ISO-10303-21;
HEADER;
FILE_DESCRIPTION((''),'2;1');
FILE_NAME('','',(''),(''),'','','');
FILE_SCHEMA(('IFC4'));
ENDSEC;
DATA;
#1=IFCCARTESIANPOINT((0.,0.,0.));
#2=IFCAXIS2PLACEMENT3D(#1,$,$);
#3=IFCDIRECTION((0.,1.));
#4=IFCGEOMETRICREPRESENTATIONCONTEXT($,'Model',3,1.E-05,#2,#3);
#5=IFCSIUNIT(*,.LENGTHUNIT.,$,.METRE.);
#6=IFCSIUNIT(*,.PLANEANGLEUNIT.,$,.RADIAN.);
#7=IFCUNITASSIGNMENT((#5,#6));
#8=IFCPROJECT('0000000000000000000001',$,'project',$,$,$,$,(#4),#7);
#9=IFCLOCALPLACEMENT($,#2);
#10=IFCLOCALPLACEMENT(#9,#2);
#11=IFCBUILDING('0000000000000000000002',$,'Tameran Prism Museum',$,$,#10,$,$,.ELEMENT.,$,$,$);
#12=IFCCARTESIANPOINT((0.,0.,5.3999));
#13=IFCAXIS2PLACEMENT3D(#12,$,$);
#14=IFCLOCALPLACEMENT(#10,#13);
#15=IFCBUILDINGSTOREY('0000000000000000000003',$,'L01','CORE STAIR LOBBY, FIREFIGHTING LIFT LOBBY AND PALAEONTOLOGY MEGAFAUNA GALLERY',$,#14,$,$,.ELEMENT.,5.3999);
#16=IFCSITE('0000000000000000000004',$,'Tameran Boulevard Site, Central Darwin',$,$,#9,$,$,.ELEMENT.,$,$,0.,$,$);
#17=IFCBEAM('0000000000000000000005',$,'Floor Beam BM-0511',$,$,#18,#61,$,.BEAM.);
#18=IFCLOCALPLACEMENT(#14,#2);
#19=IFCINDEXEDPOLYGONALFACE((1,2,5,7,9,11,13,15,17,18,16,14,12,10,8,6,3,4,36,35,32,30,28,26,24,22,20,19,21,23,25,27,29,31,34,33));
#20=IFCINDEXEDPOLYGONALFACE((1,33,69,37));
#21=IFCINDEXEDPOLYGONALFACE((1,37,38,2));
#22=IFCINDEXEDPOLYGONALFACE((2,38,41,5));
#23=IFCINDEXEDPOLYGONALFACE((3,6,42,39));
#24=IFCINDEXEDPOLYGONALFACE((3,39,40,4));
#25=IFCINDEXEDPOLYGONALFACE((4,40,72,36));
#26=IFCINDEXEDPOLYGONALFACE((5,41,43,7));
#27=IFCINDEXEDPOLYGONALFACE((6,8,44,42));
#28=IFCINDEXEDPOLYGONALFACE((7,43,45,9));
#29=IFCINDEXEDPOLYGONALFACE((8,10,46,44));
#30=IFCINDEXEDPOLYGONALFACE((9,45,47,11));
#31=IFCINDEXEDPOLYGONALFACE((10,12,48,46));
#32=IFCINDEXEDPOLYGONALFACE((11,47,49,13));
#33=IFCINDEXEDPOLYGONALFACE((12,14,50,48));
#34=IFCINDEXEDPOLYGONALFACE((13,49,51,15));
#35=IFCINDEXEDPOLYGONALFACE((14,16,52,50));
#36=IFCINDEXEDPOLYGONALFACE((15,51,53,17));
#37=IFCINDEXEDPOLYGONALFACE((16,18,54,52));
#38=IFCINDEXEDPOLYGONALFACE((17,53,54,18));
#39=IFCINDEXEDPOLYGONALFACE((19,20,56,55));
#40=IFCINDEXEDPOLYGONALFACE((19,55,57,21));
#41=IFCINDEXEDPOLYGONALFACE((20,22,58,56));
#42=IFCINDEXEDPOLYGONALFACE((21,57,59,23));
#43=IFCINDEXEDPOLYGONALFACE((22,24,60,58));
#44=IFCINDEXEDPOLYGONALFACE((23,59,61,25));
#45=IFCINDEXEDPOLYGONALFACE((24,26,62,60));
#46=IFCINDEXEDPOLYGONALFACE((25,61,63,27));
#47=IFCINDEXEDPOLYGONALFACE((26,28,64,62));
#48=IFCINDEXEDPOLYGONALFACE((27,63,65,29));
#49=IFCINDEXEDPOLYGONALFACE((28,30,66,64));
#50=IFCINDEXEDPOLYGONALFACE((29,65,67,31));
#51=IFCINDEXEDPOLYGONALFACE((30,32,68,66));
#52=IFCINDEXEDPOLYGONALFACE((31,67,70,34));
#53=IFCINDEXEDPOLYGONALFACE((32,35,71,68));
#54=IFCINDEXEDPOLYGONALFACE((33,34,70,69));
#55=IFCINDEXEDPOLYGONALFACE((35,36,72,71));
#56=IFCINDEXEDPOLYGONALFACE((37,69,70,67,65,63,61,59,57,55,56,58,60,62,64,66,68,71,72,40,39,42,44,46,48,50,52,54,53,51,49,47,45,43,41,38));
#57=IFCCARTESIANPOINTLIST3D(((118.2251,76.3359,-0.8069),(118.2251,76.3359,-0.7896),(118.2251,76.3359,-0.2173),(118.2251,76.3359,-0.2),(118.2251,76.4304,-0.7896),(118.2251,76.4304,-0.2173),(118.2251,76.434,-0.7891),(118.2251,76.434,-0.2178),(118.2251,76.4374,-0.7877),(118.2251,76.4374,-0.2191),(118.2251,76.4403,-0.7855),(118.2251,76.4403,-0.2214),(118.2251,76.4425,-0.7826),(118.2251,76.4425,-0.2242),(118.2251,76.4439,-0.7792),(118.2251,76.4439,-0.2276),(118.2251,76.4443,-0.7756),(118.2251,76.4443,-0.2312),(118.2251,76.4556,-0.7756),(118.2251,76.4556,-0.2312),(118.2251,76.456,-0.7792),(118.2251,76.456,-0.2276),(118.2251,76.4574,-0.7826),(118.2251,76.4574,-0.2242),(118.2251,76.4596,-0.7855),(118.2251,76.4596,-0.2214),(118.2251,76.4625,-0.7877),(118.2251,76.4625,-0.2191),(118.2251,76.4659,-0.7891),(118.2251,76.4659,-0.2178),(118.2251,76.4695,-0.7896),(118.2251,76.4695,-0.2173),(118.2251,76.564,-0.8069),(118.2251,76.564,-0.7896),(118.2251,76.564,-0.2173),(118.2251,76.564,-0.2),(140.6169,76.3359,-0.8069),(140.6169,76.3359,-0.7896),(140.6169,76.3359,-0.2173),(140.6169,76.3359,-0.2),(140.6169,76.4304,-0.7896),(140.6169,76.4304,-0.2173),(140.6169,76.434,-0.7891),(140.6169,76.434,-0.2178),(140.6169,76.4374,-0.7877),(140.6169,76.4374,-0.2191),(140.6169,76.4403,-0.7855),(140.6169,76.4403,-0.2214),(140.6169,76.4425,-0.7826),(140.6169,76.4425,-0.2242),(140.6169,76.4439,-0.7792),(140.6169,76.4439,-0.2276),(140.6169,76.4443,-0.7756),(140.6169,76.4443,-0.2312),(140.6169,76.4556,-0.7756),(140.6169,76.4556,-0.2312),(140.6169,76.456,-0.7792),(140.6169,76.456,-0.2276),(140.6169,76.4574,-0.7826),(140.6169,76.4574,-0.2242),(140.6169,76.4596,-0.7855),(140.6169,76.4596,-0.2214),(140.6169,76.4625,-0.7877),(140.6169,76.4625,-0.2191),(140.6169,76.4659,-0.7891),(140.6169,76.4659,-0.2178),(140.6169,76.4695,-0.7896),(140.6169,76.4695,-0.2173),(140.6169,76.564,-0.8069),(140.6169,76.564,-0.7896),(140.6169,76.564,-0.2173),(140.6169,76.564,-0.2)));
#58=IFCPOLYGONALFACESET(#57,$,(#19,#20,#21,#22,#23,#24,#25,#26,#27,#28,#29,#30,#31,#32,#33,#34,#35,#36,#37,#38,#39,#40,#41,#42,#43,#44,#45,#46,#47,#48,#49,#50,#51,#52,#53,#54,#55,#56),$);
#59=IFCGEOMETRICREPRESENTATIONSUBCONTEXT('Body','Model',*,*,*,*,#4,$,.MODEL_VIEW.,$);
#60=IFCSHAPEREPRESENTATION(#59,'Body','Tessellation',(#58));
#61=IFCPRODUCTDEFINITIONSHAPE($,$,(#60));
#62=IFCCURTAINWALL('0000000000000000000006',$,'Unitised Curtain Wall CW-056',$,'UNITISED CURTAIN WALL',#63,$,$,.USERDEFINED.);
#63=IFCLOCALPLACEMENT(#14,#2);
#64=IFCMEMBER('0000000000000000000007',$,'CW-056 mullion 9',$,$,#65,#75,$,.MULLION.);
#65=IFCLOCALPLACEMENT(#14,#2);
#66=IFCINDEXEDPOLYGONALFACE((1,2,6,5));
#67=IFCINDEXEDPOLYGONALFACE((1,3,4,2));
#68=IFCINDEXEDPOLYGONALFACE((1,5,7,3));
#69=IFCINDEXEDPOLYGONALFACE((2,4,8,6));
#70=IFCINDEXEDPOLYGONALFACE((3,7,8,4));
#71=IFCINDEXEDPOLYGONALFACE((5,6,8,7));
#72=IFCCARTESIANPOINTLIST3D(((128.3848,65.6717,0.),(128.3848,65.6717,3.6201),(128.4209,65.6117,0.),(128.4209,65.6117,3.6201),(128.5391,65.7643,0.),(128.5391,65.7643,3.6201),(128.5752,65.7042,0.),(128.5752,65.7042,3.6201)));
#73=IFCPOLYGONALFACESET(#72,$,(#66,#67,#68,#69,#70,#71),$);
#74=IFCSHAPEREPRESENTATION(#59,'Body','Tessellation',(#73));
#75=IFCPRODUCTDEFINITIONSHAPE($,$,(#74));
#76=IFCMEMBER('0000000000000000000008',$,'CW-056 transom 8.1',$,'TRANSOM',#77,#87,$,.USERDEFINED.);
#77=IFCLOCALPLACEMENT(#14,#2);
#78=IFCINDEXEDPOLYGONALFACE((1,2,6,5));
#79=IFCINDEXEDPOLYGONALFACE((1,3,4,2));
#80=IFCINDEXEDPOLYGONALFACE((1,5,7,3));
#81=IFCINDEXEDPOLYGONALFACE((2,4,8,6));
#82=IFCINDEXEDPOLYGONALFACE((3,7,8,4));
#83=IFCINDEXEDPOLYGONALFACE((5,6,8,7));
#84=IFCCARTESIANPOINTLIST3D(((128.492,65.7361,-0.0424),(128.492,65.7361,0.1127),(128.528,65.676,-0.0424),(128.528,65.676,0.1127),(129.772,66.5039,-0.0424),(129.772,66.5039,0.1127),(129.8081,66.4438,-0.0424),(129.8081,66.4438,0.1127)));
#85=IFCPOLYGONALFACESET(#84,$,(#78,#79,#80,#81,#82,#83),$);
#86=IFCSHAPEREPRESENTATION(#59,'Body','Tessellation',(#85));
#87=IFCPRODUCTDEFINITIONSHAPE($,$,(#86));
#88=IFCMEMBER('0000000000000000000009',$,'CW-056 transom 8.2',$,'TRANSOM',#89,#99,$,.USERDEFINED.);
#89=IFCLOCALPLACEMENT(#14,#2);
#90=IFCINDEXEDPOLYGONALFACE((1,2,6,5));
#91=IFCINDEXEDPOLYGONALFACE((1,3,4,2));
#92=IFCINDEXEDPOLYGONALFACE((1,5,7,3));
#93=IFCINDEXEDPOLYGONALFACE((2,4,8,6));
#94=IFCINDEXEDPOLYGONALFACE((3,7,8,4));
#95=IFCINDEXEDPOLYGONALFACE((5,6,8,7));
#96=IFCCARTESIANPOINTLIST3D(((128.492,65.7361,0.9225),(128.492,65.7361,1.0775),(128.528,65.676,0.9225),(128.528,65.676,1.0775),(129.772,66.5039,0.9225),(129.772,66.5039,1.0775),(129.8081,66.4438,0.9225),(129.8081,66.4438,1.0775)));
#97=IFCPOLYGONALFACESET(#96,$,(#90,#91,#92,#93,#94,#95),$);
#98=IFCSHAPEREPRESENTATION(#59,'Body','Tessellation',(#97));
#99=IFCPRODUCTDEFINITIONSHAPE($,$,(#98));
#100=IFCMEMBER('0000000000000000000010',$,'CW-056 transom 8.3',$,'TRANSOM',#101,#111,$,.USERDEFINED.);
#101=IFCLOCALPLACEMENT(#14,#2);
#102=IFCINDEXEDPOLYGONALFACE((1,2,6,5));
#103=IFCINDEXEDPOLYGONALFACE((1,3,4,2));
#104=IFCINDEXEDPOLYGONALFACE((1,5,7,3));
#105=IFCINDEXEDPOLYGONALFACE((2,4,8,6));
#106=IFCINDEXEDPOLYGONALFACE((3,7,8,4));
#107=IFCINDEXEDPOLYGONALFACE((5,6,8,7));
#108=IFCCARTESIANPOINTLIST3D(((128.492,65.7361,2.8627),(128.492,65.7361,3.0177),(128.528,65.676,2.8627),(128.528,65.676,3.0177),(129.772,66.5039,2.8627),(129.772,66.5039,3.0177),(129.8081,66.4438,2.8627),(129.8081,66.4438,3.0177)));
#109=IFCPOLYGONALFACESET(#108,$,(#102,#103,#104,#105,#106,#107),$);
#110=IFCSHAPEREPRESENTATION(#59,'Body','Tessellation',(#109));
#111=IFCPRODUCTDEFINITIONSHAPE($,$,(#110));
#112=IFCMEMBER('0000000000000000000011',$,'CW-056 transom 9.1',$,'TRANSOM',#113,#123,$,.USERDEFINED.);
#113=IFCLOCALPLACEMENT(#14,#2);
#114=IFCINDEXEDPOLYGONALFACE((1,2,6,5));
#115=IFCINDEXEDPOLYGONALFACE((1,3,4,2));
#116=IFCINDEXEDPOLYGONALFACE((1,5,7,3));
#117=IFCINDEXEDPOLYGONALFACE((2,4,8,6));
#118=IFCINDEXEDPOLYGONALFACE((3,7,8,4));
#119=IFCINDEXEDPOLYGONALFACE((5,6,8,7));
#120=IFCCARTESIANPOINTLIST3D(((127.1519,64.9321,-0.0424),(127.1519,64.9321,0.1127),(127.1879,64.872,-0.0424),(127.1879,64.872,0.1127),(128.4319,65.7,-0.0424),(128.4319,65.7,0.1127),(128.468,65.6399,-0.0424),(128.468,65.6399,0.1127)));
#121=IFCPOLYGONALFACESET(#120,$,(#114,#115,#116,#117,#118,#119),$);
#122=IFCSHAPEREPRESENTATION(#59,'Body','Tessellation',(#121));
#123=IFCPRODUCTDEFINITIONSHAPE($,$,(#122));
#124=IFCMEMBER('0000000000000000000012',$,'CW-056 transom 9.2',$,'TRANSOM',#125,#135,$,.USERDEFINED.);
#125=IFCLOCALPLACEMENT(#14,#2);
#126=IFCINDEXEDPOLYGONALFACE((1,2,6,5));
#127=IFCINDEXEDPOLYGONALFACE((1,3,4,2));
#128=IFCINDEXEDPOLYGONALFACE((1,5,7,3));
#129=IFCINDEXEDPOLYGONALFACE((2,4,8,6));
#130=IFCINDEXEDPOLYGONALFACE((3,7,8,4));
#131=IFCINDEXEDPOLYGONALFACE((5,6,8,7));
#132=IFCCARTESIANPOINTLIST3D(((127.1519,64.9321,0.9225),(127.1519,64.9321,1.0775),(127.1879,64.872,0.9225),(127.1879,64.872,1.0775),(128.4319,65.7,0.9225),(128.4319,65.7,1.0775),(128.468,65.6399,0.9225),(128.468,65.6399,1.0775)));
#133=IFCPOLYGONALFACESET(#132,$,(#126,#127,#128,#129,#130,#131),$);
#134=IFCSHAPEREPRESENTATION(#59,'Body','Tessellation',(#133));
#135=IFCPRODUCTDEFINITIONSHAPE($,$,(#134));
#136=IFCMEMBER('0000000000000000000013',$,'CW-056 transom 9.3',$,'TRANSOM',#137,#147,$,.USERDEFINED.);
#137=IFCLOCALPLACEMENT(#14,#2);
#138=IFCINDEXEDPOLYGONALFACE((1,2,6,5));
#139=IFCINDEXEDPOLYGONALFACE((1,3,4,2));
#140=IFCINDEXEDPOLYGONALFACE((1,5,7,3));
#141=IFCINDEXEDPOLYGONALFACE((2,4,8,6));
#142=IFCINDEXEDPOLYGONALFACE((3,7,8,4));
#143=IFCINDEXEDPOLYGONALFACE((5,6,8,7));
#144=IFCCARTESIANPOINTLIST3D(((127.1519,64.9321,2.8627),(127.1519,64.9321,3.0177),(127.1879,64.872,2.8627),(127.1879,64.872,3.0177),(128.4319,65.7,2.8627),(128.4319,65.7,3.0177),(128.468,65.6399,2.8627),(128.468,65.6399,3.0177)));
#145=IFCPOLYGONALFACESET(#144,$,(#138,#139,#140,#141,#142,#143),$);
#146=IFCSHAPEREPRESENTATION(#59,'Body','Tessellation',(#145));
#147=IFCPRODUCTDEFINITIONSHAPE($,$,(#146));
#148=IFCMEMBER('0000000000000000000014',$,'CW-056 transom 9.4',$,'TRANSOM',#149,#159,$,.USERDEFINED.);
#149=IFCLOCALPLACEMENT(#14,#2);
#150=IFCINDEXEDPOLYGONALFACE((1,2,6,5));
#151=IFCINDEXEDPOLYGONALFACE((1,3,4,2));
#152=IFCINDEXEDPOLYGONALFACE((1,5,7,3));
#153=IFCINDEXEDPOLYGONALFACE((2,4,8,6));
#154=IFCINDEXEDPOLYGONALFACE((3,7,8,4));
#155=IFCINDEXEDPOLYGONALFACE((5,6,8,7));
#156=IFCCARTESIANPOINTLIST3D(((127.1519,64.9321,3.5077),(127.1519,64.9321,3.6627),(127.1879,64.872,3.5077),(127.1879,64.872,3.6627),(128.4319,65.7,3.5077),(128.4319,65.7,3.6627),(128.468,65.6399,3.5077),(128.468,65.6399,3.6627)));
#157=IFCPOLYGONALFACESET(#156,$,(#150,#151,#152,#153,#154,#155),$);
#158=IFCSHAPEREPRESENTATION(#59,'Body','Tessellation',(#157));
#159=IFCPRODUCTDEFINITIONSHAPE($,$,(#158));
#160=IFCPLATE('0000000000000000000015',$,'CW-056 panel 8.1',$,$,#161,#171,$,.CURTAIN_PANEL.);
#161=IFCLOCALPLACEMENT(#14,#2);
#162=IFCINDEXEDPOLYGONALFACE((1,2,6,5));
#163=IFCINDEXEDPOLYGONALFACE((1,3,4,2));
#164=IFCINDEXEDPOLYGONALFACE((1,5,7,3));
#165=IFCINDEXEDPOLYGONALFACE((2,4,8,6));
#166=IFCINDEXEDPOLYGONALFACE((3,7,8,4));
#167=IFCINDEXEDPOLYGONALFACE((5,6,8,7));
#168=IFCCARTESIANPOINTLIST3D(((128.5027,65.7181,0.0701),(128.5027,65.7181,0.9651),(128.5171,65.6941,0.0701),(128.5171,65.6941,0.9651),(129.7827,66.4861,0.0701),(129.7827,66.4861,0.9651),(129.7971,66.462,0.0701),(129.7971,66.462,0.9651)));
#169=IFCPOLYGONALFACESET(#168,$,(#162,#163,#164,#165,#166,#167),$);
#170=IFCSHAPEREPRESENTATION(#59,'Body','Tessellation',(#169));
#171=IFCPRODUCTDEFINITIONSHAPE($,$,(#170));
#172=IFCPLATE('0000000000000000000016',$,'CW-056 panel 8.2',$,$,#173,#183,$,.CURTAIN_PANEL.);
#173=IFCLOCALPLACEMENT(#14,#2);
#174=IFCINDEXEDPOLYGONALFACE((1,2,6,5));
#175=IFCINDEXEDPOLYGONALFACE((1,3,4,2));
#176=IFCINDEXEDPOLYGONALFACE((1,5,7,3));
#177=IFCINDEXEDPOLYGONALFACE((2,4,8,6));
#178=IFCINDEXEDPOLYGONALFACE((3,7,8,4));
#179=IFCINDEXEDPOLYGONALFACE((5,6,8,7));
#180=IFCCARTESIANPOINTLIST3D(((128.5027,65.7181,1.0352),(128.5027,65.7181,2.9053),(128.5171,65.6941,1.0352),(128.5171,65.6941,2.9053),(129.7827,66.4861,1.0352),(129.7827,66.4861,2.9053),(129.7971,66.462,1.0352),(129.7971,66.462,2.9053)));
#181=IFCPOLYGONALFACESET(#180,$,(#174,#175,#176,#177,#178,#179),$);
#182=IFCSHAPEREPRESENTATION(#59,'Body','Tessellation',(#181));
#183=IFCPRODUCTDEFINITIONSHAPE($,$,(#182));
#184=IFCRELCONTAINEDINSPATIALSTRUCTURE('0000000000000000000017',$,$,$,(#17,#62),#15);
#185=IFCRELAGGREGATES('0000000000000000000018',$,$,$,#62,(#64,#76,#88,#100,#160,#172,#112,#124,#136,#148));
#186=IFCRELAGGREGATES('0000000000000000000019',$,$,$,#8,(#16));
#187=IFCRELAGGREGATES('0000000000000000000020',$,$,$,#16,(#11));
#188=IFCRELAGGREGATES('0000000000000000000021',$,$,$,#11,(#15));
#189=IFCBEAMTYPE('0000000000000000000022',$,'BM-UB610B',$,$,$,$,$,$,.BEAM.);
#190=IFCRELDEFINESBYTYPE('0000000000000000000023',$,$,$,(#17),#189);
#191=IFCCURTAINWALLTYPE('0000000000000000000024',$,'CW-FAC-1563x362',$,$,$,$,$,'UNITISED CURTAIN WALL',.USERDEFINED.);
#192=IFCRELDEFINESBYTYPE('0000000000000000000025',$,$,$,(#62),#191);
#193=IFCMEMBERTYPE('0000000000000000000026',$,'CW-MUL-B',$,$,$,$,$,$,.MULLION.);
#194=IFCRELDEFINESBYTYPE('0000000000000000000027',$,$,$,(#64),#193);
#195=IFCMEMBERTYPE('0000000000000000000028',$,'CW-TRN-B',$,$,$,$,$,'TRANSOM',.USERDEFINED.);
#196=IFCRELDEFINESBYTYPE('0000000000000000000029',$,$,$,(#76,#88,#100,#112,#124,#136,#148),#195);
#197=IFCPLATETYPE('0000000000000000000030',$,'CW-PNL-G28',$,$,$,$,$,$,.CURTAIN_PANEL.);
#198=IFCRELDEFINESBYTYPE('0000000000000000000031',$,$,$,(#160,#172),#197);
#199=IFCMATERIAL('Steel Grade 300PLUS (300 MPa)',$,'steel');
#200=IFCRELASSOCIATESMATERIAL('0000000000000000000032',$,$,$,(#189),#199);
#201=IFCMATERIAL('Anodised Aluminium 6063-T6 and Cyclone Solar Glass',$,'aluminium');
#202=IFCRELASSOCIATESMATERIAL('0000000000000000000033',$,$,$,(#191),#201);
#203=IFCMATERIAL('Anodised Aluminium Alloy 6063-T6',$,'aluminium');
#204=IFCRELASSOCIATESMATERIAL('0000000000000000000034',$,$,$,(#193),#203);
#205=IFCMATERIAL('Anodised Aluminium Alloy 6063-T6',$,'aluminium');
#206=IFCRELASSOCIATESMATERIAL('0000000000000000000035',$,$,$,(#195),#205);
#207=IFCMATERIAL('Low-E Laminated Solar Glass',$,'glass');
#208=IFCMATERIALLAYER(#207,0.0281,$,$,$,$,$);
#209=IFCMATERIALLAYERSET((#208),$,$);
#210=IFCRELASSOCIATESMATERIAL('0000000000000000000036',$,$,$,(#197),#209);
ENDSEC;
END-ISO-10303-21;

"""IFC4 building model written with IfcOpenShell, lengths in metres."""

from ifc_helpers import new_model, si_unit, direction, frame, origin, origin_2d, place, context, subcontext, project, spatial, rectangle, i_section, extrude, material, layer, layer_set, material_profile, profile_set, type_object, element, aggregate, save


model = new_model("IFC4")

# Units and contexts
model_context = context("Model", 3, precision=1e-05, world=origin(), true_north=direction((0.0, 1.0)))
body_context = subcontext(model_context, "Body", "Model", "MODEL_VIEW")
ifc_project = project(units=[si_unit("LENGTHUNIT", "METRE"), si_unit("PLANEANGLEUNIT", "RADIAN")], contexts=[model_context])

# Site, building, storey
site_placement = place(None, origin())
site = spatial("IfcSite", under=ifc_project, at=site_placement, Name="Tameran Boulevard Site, Central Darwin", CompositionType="ELEMENT", RefElevation=0.0)
building_placement = place(site_placement, origin())
building = spatial("IfcBuilding", under=site, at=building_placement, Name="Tameran Prism Museum", CompositionType="ELEMENT")
storey_placement = place(building_placement, frame((0.0, 0.0, 5.3999)))
storey = spatial("IfcBuildingStorey", under=building, at=storey_placement, Name="L01", Description="CORE STAIR LOBBY, FIREFIGHTING LIFT LOBBY AND PALAEONTOLOGY MEGAFAUNA GALLERY", CompositionType="ELEMENT", Elevation=5.3999)

# Beam
ifc_material_1 = material(Name="Steel Grade 300PLUS (300 MPa)", Category="steel")
ifc_material_profile_1 = material_profile(ifc_material_1, i_section(OverallWidth=0.228, OverallDepth=0.6069, WebThickness=0.0112, FlangeThickness=0.0173, FilletRadius=0.0139, at=origin_2d()))
ifc_profile_set_1 = profile_set([ifc_material_profile_1])
beam_type_1 = type_object("IfcBeamType", Name="BM-UB610B", PredefinedType="BEAM", material=ifc_profile_set_1)
beam_1_placement = place(storey_placement, frame((118.2251, 76.45, -0.5034), z_axis=(1.0, 0.0, 0.0), x_axis=(0.0, 1.0, 0.0)))
element("IfcBeam", 1, at=beam_1_placement, inside=storey, type_object=beam_type_1, Name="Floor Beam BM-0511", PredefinedType="BEAM", context=body_context, shape_type="SweptSolid", body=[
    extrude(i_section(OverallWidth=0.228, OverallDepth=0.6069, WebThickness=0.0112, FlangeThickness=0.0173, FilletRadius=0.0139, at=origin_2d()), origin(), (0.0, 0.0, 1.0), 22.3918),
])

# Curtain wall, members, plates
ifc_material_2 = material(Name="Anodised Aluminium 6063-T6 and Cyclone Solar Glass", Category="aluminium")
curtain_wall_type = type_object("IfcCurtainWallType", Name="CW-FAC-1563x362", ElementType="UNITISED CURTAIN WALL", PredefinedType="USERDEFINED", material=ifc_material_2)
curtain_wall_placement = place(storey_placement, origin())
curtain_wall = element("IfcCurtainWall", 2, at=curtain_wall_placement, inside=storey, type_object=curtain_wall_type, Name="Unitised Curtain Wall CW-056", ObjectType="UNITISED CURTAIN WALL", PredefinedType="USERDEFINED")
ifc_material_3 = material(Name="Anodised Aluminium Alloy 6063-T6", Category="aluminium")
ifc_material_profile_2 = material_profile(ifc_material_3, rectangle(XDim=0.0701, YDim=0.1799, at=origin_2d()))
ifc_profile_set_2 = profile_set([ifc_material_profile_2])
member_type_1 = type_object("IfcMemberType", Name="CW-MUL-B", PredefinedType="MULLION", material=ifc_profile_set_2)
member_1_placement = place(storey_placement, frame((128.48, 65.688, 0.0), z_axis=(0.0, 0.0, 1.0), x_axis=(0.514496, -0.857493, 0.0)))
member_1 = element("IfcMember", 3, at=member_1_placement, type_object=member_type_1, Name="CW-056 mullion 9", PredefinedType="MULLION", context=body_context, shape_type="SweptSolid", body=[
    extrude(rectangle(XDim=0.0701, YDim=0.1799, at=origin_2d()), origin(), (0.0, 0.0, 1.0), 3.6201),
])
ifc_material_4 = material(Name="Anodised Aluminium Alloy 6063-T6", Category="aluminium")
ifc_material_profile_3 = material_profile(ifc_material_4, rectangle(XDim=0.0701, YDim=0.155, at=origin_2d()))
ifc_profile_set_3 = profile_set([ifc_material_profile_3])
member_type_2 = type_object("IfcMemberType", Name="CW-TRN-B", ElementType="TRANSOM", PredefinedType="USERDEFINED", material=ifc_profile_set_3)
member_2_placement = place(storey_placement, frame((129.79, 66.4739, 0.0352), z_axis=(-0.857551, -0.5144, 0.0), x_axis=(0.5144, -0.857551, 0.0)))
member_2 = element("IfcMember", 4, at=member_2_placement, type_object=member_type_2, Name="CW-056 transom 8.1", ObjectType="TRANSOM", PredefinedType="USERDEFINED", context=body_context, shape_type="SweptSolid", body=[
    extrude(rectangle(XDim=0.0701, YDim=0.155, at=origin_2d()), origin(), (0.0, 0.0, 1.0), 1.4927),
])
member_3_placement = place(storey_placement, frame((129.79, 66.4739, 1.0), z_axis=(-0.857551, -0.5144, 0.0), x_axis=(0.5144, -0.857551, 0.0)))
member_3 = element("IfcMember", 5, at=member_3_placement, type_object=member_type_2, Name="CW-056 transom 8.2", ObjectType="TRANSOM", PredefinedType="USERDEFINED", context=body_context, shape_type="SweptSolid", body=[
    extrude(rectangle(XDim=0.0701, YDim=0.155, at=origin_2d()), origin(), (0.0, 0.0, 1.0), 1.4927),
])
member_4_placement = place(storey_placement, frame((129.79, 66.4739, 2.9402), z_axis=(-0.857551, -0.5144, 0.0), x_axis=(0.5144, -0.857551, 0.0)))
member_4 = element("IfcMember", 6, at=member_4_placement, type_object=member_type_2, Name="CW-056 transom 8.3", ObjectType="TRANSOM", PredefinedType="USERDEFINED", context=body_context, shape_type="SweptSolid", body=[
    extrude(rectangle(XDim=0.0701, YDim=0.155, at=origin_2d()), origin(), (0.0, 0.0, 1.0), 1.4927),
])
member_5_placement = place(storey_placement, frame((128.45, 65.6699, 0.0352), z_axis=(-0.857551, -0.5144, 0.0), x_axis=(0.5144, -0.857551, 0.0)))
member_5 = element("IfcMember", 7, at=member_5_placement, type_object=member_type_2, Name="CW-056 transom 9.1", ObjectType="TRANSOM", PredefinedType="USERDEFINED", context=body_context, shape_type="SweptSolid", body=[
    extrude(rectangle(XDim=0.0701, YDim=0.155, at=origin_2d()), origin(), (0.0, 0.0, 1.0), 1.4927),
])
member_6_placement = place(storey_placement, frame((128.45, 65.6699, 1.0), z_axis=(-0.857551, -0.5144, 0.0), x_axis=(0.5144, -0.857551, 0.0)))
member_6 = element("IfcMember", 8, at=member_6_placement, type_object=member_type_2, Name="CW-056 transom 9.2", ObjectType="TRANSOM", PredefinedType="USERDEFINED", context=body_context, shape_type="SweptSolid", body=[
    extrude(rectangle(XDim=0.0701, YDim=0.155, at=origin_2d()), origin(), (0.0, 0.0, 1.0), 1.4927),
])
member_7_placement = place(storey_placement, frame((128.45, 65.6699, 2.9402), z_axis=(-0.857551, -0.5144, 0.0), x_axis=(0.5144, -0.857551, 0.0)))
member_7 = element("IfcMember", 9, at=member_7_placement, type_object=member_type_2, Name="CW-056 transom 9.3", ObjectType="TRANSOM", PredefinedType="USERDEFINED", context=body_context, shape_type="SweptSolid", body=[
    extrude(rectangle(XDim=0.0701, YDim=0.155, at=origin_2d()), origin(), (0.0, 0.0, 1.0), 1.4927),
])
member_8_placement = place(storey_placement, frame((128.45, 65.6699, 3.5852), z_axis=(-0.857551, -0.5144, 0.0), x_axis=(0.5144, -0.857551, 0.0)))
member_8 = element("IfcMember", 10, at=member_8_placement, type_object=member_type_2, Name="CW-056 transom 9.4", ObjectType="TRANSOM", PredefinedType="USERDEFINED", context=body_context, shape_type="SweptSolid", body=[
    extrude(rectangle(XDim=0.0701, YDim=0.155, at=origin_2d()), origin(), (0.0, 0.0, 1.0), 1.4927),
])
ifc_material_5 = material(Name="Low-E Laminated Solar Glass", Category="glass")
ifc_layer_1 = layer(ifc_material_5, 0.0281)
ifc_layer_set_1 = layer_set([ifc_layer_1])
plate_type = type_object("IfcPlateType", Name="CW-PNL-G28", PredefinedType="CURTAIN_PANEL", material=ifc_layer_set_1)
plate_1_placement = place(storey_placement, frame((129.1499, 66.0901, 0.0701), z_axis=(0.0, 0.0, 1.0), x_axis=(-0.857493, -0.514496, 0.0)))
plate_1 = element("IfcPlate", 11, at=plate_1_placement, type_object=plate_type, Name="CW-056 panel 8.1", PredefinedType="CURTAIN_PANEL", context=body_context, shape_type="SweptSolid", body=[
    extrude(rectangle(XDim=1.4927, YDim=0.0281, at=origin_2d()), origin(), (0.0, 0.0, 1.0), 0.895),
])
plate_2_placement = place(storey_placement, frame((129.1499, 66.0901, 1.0352), z_axis=(0.0, 0.0, 1.0), x_axis=(-0.857493, -0.514496, 0.0)))
plate_2 = element("IfcPlate", 12, at=plate_2_placement, type_object=plate_type, Name="CW-056 panel 8.2", PredefinedType="CURTAIN_PANEL", context=body_context, shape_type="SweptSolid", body=[
    extrude(rectangle(XDim=1.4927, YDim=0.0281, at=origin_2d()), origin(), (0.0, 0.0, 1.0), 1.8701),
])
aggregate(curtain_wall, [member_1, member_2, member_3, member_4, plate_1, plate_2, member_5, member_6, member_7, member_8])

save(model, "model.ifc")
